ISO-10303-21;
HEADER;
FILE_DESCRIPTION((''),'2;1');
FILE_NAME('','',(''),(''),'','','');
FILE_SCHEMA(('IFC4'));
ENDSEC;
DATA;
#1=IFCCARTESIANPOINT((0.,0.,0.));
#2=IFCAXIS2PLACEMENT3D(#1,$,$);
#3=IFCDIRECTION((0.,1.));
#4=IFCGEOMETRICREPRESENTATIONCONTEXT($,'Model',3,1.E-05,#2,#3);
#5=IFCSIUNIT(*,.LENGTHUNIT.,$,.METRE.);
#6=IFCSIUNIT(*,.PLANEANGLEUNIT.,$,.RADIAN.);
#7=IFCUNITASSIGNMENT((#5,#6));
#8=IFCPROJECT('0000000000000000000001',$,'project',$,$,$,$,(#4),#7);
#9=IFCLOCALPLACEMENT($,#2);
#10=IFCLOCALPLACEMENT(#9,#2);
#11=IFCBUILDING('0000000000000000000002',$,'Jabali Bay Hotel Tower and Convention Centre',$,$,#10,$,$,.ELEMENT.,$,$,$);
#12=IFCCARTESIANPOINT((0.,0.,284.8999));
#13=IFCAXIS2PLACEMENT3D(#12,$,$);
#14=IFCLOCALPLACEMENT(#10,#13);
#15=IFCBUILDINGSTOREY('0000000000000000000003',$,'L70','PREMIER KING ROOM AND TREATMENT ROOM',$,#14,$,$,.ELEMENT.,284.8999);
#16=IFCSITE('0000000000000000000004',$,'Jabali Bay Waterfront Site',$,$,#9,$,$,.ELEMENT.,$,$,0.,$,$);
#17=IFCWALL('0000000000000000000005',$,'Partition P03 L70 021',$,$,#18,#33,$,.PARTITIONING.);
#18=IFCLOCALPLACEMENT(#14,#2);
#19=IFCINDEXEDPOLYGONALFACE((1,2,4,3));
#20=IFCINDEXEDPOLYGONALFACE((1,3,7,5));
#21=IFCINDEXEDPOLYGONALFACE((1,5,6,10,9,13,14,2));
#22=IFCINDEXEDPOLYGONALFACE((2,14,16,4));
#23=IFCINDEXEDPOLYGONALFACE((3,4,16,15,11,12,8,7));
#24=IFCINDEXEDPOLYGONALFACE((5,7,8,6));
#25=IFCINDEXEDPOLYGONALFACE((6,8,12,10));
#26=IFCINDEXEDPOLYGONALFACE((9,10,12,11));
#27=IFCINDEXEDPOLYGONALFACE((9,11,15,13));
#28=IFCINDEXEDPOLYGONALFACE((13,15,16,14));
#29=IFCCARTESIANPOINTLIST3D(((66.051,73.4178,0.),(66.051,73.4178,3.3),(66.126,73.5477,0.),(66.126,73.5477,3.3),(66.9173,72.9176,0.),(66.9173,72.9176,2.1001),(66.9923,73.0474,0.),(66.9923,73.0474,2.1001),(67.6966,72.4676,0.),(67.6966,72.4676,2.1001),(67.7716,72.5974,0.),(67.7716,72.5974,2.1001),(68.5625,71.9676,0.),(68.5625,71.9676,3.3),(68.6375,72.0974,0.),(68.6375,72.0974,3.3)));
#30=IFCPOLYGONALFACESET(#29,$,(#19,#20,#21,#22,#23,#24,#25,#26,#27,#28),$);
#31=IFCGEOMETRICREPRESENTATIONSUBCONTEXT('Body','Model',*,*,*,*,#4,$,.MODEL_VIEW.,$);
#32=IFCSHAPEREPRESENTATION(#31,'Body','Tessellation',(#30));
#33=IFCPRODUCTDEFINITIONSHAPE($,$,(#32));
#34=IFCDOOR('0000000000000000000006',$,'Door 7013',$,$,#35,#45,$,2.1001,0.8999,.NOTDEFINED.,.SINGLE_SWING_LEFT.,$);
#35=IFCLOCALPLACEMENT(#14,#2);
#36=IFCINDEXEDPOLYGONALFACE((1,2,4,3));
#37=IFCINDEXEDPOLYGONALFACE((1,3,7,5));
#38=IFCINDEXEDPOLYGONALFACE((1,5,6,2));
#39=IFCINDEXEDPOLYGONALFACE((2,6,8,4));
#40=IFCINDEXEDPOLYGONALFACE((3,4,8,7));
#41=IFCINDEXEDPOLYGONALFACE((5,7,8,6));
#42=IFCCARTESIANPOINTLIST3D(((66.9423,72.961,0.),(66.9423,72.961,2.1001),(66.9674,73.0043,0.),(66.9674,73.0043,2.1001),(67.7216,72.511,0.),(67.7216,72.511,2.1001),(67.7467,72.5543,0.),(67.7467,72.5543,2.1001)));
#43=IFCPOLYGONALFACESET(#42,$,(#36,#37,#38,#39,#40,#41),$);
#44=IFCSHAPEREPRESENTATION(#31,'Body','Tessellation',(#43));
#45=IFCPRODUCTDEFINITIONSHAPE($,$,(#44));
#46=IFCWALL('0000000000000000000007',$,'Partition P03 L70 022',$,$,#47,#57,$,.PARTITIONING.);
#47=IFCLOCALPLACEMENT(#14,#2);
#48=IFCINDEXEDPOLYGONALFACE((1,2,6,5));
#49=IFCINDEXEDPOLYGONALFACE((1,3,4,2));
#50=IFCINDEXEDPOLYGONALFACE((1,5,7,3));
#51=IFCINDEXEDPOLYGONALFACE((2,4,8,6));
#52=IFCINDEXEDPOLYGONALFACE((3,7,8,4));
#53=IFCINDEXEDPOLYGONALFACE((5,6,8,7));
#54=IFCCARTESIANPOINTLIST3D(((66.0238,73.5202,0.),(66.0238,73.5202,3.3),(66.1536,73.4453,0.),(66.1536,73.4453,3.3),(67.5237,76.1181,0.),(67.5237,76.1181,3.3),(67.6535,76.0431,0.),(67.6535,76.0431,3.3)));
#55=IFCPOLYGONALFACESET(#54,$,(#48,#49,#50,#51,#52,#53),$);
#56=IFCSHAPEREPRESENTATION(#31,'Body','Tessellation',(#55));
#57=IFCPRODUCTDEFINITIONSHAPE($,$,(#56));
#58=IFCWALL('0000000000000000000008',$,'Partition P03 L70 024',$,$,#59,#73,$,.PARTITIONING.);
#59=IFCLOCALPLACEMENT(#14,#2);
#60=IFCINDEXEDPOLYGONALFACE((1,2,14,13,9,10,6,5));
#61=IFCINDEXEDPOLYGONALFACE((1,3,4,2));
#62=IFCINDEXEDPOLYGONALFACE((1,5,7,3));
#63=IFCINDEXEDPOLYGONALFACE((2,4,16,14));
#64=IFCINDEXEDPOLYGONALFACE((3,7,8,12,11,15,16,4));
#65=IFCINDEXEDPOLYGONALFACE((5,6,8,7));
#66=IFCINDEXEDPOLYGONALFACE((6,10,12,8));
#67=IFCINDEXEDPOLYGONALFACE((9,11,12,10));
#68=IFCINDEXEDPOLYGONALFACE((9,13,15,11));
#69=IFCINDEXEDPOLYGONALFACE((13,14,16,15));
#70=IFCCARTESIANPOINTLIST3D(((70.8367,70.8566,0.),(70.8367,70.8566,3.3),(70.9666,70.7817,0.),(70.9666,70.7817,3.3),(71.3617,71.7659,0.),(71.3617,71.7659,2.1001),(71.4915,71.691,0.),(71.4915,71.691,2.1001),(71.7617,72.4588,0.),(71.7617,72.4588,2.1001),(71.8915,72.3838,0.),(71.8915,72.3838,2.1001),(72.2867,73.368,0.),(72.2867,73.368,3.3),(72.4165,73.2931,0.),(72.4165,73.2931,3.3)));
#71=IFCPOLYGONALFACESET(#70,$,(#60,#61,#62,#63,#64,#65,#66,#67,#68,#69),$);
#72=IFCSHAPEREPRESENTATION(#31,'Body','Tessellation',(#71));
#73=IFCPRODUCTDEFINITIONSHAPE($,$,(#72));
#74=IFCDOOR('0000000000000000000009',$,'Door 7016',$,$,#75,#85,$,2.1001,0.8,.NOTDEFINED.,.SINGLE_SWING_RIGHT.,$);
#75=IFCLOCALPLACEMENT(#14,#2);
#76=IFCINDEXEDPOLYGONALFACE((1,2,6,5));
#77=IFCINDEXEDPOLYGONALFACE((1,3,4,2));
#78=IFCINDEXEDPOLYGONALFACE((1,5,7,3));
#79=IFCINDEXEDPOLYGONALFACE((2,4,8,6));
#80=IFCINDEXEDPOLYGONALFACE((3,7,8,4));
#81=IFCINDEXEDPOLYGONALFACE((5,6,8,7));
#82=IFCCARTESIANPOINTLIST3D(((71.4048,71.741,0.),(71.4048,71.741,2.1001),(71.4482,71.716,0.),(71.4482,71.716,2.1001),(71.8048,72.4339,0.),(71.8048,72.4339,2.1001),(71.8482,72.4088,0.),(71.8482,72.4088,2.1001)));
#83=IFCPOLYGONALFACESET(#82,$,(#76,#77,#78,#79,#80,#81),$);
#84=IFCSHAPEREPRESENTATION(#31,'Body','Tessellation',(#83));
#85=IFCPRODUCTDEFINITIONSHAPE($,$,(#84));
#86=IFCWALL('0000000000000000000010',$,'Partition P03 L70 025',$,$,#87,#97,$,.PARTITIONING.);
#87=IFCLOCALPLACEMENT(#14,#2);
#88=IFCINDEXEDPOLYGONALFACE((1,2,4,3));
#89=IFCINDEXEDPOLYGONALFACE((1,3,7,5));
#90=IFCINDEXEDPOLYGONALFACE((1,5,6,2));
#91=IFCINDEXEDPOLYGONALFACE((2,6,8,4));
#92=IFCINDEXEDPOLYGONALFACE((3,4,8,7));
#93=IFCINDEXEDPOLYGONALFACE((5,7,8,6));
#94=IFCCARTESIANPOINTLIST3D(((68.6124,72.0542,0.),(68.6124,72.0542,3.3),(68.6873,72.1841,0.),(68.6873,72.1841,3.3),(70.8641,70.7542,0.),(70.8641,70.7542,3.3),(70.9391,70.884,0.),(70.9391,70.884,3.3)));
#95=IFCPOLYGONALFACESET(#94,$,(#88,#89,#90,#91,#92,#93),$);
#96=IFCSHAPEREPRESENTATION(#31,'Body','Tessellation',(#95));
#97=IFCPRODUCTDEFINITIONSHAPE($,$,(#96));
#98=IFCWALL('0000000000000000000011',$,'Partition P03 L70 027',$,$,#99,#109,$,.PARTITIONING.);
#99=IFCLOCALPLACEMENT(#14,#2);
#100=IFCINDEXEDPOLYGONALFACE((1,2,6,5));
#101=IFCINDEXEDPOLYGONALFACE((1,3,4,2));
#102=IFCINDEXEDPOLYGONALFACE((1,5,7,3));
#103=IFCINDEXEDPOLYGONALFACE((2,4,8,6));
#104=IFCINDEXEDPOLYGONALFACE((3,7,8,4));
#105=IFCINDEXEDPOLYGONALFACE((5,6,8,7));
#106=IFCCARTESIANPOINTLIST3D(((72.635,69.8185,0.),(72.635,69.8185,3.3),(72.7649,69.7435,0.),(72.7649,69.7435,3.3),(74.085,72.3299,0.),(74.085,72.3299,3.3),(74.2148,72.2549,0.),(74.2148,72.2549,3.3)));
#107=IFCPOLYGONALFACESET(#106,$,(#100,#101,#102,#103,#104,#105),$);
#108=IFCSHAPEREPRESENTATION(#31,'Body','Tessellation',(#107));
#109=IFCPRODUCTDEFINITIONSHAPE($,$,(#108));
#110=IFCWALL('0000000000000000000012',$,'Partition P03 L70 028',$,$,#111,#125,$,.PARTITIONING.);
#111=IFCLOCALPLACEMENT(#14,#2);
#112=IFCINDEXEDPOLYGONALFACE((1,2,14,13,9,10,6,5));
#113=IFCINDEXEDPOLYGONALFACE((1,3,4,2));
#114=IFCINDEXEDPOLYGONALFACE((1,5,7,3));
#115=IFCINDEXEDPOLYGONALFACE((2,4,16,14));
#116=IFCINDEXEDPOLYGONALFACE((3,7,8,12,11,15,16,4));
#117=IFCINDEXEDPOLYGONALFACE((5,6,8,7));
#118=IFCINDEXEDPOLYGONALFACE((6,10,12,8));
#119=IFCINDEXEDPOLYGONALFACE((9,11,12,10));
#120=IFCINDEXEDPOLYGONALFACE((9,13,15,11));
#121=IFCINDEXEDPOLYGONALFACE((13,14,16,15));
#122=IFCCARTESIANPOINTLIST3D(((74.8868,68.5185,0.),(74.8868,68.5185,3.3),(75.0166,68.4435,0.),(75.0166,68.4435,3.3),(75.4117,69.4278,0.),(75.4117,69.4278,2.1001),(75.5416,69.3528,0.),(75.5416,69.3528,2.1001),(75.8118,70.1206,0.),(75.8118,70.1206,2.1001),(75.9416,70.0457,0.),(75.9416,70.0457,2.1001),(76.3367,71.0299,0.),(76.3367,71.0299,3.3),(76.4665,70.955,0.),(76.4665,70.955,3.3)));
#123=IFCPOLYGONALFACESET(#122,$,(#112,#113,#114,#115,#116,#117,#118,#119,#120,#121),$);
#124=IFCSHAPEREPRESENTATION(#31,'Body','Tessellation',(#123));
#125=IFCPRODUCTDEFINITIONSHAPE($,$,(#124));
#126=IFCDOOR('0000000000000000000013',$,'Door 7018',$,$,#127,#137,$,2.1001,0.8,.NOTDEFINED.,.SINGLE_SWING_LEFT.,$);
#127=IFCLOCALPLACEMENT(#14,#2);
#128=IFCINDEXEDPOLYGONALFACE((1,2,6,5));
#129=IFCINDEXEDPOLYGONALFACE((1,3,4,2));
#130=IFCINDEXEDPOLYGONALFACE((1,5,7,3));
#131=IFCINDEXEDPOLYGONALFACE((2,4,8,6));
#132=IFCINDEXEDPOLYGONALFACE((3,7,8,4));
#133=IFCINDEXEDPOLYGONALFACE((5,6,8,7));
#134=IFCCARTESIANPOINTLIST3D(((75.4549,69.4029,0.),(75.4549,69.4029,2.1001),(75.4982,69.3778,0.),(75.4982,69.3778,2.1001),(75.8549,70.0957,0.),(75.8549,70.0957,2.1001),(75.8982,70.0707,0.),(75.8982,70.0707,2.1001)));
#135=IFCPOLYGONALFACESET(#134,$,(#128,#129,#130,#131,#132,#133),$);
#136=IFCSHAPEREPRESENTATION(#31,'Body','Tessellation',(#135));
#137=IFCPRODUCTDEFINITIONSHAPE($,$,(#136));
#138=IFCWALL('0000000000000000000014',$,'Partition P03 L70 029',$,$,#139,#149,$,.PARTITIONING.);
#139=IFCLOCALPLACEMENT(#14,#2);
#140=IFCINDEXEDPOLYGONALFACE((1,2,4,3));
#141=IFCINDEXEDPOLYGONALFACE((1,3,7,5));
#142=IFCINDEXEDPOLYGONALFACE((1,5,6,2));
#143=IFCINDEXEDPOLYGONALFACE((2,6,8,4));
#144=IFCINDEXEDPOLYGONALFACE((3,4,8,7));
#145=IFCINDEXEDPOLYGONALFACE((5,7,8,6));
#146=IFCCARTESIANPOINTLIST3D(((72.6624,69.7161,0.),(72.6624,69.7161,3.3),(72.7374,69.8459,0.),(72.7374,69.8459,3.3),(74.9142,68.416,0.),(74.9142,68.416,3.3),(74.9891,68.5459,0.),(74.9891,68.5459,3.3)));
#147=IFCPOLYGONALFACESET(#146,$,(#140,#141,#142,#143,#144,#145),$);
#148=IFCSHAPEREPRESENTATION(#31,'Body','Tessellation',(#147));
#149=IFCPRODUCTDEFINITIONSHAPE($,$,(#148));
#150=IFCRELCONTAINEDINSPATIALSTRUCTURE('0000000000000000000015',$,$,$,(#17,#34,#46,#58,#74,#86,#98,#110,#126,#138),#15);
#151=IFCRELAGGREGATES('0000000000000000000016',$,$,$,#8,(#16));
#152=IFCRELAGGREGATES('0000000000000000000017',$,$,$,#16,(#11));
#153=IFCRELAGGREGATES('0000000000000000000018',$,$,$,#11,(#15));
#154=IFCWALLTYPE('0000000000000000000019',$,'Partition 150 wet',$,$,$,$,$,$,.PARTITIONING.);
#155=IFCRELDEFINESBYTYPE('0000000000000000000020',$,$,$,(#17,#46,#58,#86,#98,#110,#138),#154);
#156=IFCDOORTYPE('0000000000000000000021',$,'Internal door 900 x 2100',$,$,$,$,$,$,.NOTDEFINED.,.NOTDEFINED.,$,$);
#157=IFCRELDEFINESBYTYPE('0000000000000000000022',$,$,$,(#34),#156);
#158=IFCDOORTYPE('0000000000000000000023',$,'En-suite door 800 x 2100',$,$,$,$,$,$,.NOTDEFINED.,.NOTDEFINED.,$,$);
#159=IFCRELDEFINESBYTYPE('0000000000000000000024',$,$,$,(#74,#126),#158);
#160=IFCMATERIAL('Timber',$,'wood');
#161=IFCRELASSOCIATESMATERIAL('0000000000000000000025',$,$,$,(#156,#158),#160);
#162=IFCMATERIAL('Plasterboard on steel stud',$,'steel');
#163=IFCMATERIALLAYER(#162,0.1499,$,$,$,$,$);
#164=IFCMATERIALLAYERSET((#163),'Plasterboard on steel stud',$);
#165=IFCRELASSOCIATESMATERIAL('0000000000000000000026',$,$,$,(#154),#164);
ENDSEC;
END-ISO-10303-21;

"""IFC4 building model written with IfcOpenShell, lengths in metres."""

from ifc_helpers import new_model, si_unit, direction, frame, frame_2d, origin, place, context, subcontext, project, spatial, rectangle, extrude, material, layer, layer_set, type_object, element, fill, save


model = new_model("IFC4")

# Units and contexts
model_context = context("Model", 3, precision=1e-05, world=origin(), true_north=direction((0.0, 1.0)))
body_context = subcontext(model_context, "Body", "Model", "MODEL_VIEW")
ifc_project = project(units=[si_unit("LENGTHUNIT", "METRE"), si_unit("PLANEANGLEUNIT", "RADIAN")], contexts=[model_context])

# Site, building, storey
site_placement = place(None, origin())
site = spatial("IfcSite", under=ifc_project, at=site_placement, Name="Jabali Bay Waterfront Site", CompositionType="ELEMENT", RefElevation=0.0)
building_placement = place(site_placement, origin())
building = spatial("IfcBuilding", under=site, at=building_placement, Name="Jabali Bay Hotel Tower and Convention Centre", CompositionType="ELEMENT")
storey_placement = place(building_placement, frame((0.0, 0.0, 284.8999)))
storey = spatial("IfcBuildingStorey", under=building, at=storey_placement, Name="L70", Description="PREMIER KING ROOM AND TREATMENT ROOM", CompositionType="ELEMENT", Elevation=284.8999)

# Shared definitions
ifc_material_1 = material(Name="Timber", Category="wood")

# Shared definitions
ifc_material_2 = material(Name="Plasterboard on steel stud", Category="steel")
door_type_1 = type_object("IfcDoorType", Name="Internal door 900 x 2100", OperationType="NOTDEFINED", PredefinedType="NOTDEFINED", material=ifc_material_1)
ifc_layer_1 = layer(ifc_material_2, 0.1499)
ifc_layer_set_1 = layer_set([ifc_layer_1], Name="Plasterboard on steel stud")
wall_type_1 = type_object("IfcWallType", Name="Partition 150 wet", PredefinedType="PARTITIONING", material=ifc_layer_set_1)
door_type_2 = type_object("IfcDoorType", Name="En-suite door 800 x 2100", OperationType="NOTDEFINED", PredefinedType="NOTDEFINED", material=ifc_material_1)

# Wall, opening, door
wall_1_placement = place(storey_placement, frame((68.6001, 72.0325, 0.0), z_axis=(0.0, 0.0, 1.0), x_axis=(-0.865996, 0.50005, 0.0)))
wall_1 = element("IfcWall", 1, at=wall_1_placement, inside=storey, type_object=wall_type_1, Name="Partition P03 L70 021", PredefinedType="PARTITIONING", context=body_context, shape_type="SweptSolid", body=[
    extrude(rectangle(XDim=2.9001, YDim=0.1499, at=frame_2d((1.4502, 0.0))), origin(), (0.0, 0.0, 1.0), 3.3),
])
opening_1_placement = place(wall_1_placement, frame((1.0, 0.0, 0.0)))
opening_1 = element("IfcOpeningElement", 2, at=opening_1_placement, cuts=wall_1, PredefinedType="OPENING", context=body_context, shape_type="SweptSolid", body=[
    extrude(rectangle(XDim=0.8999, YDim=2.1001, at=frame_2d((0.45, 1.05))), frame((0.0, 0.0854, 0.0), z_axis=(0.0, -1.0, 0.0), x_axis=(1.0, 0.0, 0.0)), (0.0, 0.0, 1.0), 0.1709),
])
door_1_placement = place(opening_1_placement, origin())
door_1 = element("IfcDoor", 3, at=door_1_placement, inside=storey, type_object=door_type_1, Name="Door 7013", OperationType="SINGLE_SWING_LEFT", OverallHeight=2.1001, OverallWidth=0.8999, PredefinedType="NOTDEFINED", context=body_context, shape_type="SweptSolid", body=[
    extrude(rectangle(XDim=0.8999, YDim=2.1001, at=frame_2d((0.45, 1.05))), frame((0.0, 0.0249, 0.0), z_axis=(0.0, -1.0, 0.0), x_axis=(1.0, 0.0, 0.0)), (0.0, 0.0, 1.0), 0.05),
])
fill(opening_1, door_1)

# Wall
wall_2_placement = place(storey_placement, frame((66.0886, 73.4827, 0.0), z_axis=(0.0, 0.0, 1.0), x_axis=(0.500025, 0.866011, 0.0)))
element("IfcWall", 4, at=wall_2_placement, inside=storey, type_object=wall_type_1, Name="Partition P03 L70 022", PredefinedType="PARTITIONING", context=body_context, shape_type="SweptSolid", body=[
    extrude(rectangle(XDim=2.9998, YDim=0.1499, at=frame_2d((1.5, 0.0))), origin(), (0.0, 0.0, 1.0), 3.3),
])

# Wall, opening, door
wall_3_placement = place(storey_placement, frame((72.3516, 73.3306, 0.0), z_axis=(0.0, 0.0, 1.0), x_axis=(-0.499987, -0.866033, 0.0)))
wall_3 = element("IfcWall", 5, at=wall_3_placement, inside=storey, type_object=wall_type_1, Name="Partition P03 L70 024", PredefinedType="PARTITIONING", context=body_context, shape_type="SweptSolid", body=[
    extrude(rectangle(XDim=2.8999, YDim=0.1499, at=frame_2d((1.45, 0.0))), origin(), (0.0, 0.0, 1.0), 3.3),
])
opening_2_placement = place(wall_3_placement, frame((1.05, 0.0, 0.0)))
opening_2 = element("IfcOpeningElement", 6, at=opening_2_placement, cuts=wall_3, PredefinedType="OPENING", context=body_context, shape_type="SweptSolid", body=[
    extrude(rectangle(XDim=0.8, YDim=2.1001, at=frame_2d((0.3999, 1.05))), frame((0.0, 0.0854, 0.0), z_axis=(0.0, -1.0, 0.0), x_axis=(1.0, 0.0, 0.0)), (0.0, 0.0, 1.0), 0.1709),
])
door_2_placement = place(opening_2_placement, origin())
door_2 = element("IfcDoor", 7, at=door_2_placement, inside=storey, type_object=door_type_2, Name="Door 7016", OperationType="SINGLE_SWING_RIGHT", OverallHeight=2.1001, OverallWidth=0.8, PredefinedType="NOTDEFINED", context=body_context, shape_type="SweptSolid", body=[
    extrude(rectangle(XDim=0.8, YDim=2.1001, at=frame_2d((0.3999, 1.05))), frame((0.0, 0.0249, 0.0), z_axis=(0.0, -1.0, 0.0), x_axis=(1.0, 0.0, 0.0)), (0.0, 0.0, 1.0), 0.05),
])
fill(opening_2, door_2)

# Walls
wall_4_placement = place(storey_placement, frame((70.9016, 70.8191, 0.0), z_axis=(0.0, 0.0, 1.0), x_axis=(-0.866021, 0.500007, 0.0)))
element("IfcWall", 8, at=wall_4_placement, inside=storey, type_object=wall_type_1, Name="Partition P03 L70 025", PredefinedType="PARTITIONING", context=body_context, shape_type="SweptSolid", body=[
    extrude(rectangle(XDim=2.6001, YDim=0.1499, at=frame_2d((1.3, 0.0))), origin(), (0.0, 0.0, 1.0), 3.3),
])
wall_5_placement = place(storey_placement, frame((72.7, 69.781, 0.0), z_axis=(0.0, 0.0, 1.0), x_axis=(0.499987, 0.866033, 0.0)))
element("IfcWall", 9, at=wall_5_placement, inside=storey, type_object=wall_type_1, Name="Partition P03 L70 027", PredefinedType="PARTITIONING", context=body_context, shape_type="SweptSolid", body=[
    extrude(rectangle(XDim=2.8999, YDim=0.1499, at=frame_2d((1.45, 0.0))), origin(), (0.0, 0.0, 1.0), 3.3),
])

# Wall, opening, door
wall_6_placement = place(storey_placement, frame((76.4016, 70.9924, 0.0), z_axis=(0.0, 0.0, 1.0), x_axis=(-0.499987, -0.866033, 0.0)))
wall_6 = element("IfcWall", 10, at=wall_6_placement, inside=storey, type_object=wall_type_1, Name="Partition P03 L70 028", PredefinedType="PARTITIONING", context=body_context, shape_type="SweptSolid", body=[
    extrude(rectangle(XDim=2.8999, YDim=0.1499, at=frame_2d((1.45, 0.0))), origin(), (0.0, 0.0, 1.0), 3.3),
])
opening_3_placement = place(wall_6_placement, frame((1.05, 0.0, 0.0)))
opening_3 = element("IfcOpeningElement", 11, at=opening_3_placement, cuts=wall_6, PredefinedType="OPENING", context=body_context, shape_type="SweptSolid", body=[
    extrude(rectangle(XDim=0.8, YDim=2.1001, at=frame_2d((0.3999, 1.05))), frame((0.0, 0.0854, 0.0), z_axis=(0.0, -1.0, 0.0), x_axis=(1.0, 0.0, 0.0)), (0.0, 0.0, 1.0), 0.1709),
])
door_3_placement = place(opening_3_placement, origin())
door_3 = element("IfcDoor", 12, at=door_3_placement, inside=storey, type_object=door_type_2, Name="Door 7018", OperationType="SINGLE_SWING_LEFT", OverallHeight=2.1001, OverallWidth=0.8, PredefinedType="NOTDEFINED", context=body_context, shape_type="SweptSolid", body=[
    extrude(rectangle(XDim=0.8, YDim=2.1001, at=frame_2d((0.3999, 1.05))), frame((0.0, 0.0249, 0.0), z_axis=(0.0, -1.0, 0.0), x_axis=(1.0, 0.0, 0.0)), (0.0, 0.0, 1.0), 0.05),
])
fill(opening_3, door_3)

# Wall
wall_7_placement = place(storey_placement, frame((74.9517, 68.481, 0.0), z_axis=(0.0, 0.0, 1.0), x_axis=(-0.866021, 0.500007, 0.0)))
element("IfcWall", 13, at=wall_7_placement, inside=storey, type_object=wall_type_1, Name="Partition P03 L70 029", PredefinedType="PARTITIONING", context=body_context, shape_type="SweptSolid", body=[
    extrude(rectangle(XDim=2.6001, YDim=0.1499, at=frame_2d((1.3, 0.0))), origin(), (0.0, 0.0, 1.0), 3.3),
])

save(model, "model.ifc")
